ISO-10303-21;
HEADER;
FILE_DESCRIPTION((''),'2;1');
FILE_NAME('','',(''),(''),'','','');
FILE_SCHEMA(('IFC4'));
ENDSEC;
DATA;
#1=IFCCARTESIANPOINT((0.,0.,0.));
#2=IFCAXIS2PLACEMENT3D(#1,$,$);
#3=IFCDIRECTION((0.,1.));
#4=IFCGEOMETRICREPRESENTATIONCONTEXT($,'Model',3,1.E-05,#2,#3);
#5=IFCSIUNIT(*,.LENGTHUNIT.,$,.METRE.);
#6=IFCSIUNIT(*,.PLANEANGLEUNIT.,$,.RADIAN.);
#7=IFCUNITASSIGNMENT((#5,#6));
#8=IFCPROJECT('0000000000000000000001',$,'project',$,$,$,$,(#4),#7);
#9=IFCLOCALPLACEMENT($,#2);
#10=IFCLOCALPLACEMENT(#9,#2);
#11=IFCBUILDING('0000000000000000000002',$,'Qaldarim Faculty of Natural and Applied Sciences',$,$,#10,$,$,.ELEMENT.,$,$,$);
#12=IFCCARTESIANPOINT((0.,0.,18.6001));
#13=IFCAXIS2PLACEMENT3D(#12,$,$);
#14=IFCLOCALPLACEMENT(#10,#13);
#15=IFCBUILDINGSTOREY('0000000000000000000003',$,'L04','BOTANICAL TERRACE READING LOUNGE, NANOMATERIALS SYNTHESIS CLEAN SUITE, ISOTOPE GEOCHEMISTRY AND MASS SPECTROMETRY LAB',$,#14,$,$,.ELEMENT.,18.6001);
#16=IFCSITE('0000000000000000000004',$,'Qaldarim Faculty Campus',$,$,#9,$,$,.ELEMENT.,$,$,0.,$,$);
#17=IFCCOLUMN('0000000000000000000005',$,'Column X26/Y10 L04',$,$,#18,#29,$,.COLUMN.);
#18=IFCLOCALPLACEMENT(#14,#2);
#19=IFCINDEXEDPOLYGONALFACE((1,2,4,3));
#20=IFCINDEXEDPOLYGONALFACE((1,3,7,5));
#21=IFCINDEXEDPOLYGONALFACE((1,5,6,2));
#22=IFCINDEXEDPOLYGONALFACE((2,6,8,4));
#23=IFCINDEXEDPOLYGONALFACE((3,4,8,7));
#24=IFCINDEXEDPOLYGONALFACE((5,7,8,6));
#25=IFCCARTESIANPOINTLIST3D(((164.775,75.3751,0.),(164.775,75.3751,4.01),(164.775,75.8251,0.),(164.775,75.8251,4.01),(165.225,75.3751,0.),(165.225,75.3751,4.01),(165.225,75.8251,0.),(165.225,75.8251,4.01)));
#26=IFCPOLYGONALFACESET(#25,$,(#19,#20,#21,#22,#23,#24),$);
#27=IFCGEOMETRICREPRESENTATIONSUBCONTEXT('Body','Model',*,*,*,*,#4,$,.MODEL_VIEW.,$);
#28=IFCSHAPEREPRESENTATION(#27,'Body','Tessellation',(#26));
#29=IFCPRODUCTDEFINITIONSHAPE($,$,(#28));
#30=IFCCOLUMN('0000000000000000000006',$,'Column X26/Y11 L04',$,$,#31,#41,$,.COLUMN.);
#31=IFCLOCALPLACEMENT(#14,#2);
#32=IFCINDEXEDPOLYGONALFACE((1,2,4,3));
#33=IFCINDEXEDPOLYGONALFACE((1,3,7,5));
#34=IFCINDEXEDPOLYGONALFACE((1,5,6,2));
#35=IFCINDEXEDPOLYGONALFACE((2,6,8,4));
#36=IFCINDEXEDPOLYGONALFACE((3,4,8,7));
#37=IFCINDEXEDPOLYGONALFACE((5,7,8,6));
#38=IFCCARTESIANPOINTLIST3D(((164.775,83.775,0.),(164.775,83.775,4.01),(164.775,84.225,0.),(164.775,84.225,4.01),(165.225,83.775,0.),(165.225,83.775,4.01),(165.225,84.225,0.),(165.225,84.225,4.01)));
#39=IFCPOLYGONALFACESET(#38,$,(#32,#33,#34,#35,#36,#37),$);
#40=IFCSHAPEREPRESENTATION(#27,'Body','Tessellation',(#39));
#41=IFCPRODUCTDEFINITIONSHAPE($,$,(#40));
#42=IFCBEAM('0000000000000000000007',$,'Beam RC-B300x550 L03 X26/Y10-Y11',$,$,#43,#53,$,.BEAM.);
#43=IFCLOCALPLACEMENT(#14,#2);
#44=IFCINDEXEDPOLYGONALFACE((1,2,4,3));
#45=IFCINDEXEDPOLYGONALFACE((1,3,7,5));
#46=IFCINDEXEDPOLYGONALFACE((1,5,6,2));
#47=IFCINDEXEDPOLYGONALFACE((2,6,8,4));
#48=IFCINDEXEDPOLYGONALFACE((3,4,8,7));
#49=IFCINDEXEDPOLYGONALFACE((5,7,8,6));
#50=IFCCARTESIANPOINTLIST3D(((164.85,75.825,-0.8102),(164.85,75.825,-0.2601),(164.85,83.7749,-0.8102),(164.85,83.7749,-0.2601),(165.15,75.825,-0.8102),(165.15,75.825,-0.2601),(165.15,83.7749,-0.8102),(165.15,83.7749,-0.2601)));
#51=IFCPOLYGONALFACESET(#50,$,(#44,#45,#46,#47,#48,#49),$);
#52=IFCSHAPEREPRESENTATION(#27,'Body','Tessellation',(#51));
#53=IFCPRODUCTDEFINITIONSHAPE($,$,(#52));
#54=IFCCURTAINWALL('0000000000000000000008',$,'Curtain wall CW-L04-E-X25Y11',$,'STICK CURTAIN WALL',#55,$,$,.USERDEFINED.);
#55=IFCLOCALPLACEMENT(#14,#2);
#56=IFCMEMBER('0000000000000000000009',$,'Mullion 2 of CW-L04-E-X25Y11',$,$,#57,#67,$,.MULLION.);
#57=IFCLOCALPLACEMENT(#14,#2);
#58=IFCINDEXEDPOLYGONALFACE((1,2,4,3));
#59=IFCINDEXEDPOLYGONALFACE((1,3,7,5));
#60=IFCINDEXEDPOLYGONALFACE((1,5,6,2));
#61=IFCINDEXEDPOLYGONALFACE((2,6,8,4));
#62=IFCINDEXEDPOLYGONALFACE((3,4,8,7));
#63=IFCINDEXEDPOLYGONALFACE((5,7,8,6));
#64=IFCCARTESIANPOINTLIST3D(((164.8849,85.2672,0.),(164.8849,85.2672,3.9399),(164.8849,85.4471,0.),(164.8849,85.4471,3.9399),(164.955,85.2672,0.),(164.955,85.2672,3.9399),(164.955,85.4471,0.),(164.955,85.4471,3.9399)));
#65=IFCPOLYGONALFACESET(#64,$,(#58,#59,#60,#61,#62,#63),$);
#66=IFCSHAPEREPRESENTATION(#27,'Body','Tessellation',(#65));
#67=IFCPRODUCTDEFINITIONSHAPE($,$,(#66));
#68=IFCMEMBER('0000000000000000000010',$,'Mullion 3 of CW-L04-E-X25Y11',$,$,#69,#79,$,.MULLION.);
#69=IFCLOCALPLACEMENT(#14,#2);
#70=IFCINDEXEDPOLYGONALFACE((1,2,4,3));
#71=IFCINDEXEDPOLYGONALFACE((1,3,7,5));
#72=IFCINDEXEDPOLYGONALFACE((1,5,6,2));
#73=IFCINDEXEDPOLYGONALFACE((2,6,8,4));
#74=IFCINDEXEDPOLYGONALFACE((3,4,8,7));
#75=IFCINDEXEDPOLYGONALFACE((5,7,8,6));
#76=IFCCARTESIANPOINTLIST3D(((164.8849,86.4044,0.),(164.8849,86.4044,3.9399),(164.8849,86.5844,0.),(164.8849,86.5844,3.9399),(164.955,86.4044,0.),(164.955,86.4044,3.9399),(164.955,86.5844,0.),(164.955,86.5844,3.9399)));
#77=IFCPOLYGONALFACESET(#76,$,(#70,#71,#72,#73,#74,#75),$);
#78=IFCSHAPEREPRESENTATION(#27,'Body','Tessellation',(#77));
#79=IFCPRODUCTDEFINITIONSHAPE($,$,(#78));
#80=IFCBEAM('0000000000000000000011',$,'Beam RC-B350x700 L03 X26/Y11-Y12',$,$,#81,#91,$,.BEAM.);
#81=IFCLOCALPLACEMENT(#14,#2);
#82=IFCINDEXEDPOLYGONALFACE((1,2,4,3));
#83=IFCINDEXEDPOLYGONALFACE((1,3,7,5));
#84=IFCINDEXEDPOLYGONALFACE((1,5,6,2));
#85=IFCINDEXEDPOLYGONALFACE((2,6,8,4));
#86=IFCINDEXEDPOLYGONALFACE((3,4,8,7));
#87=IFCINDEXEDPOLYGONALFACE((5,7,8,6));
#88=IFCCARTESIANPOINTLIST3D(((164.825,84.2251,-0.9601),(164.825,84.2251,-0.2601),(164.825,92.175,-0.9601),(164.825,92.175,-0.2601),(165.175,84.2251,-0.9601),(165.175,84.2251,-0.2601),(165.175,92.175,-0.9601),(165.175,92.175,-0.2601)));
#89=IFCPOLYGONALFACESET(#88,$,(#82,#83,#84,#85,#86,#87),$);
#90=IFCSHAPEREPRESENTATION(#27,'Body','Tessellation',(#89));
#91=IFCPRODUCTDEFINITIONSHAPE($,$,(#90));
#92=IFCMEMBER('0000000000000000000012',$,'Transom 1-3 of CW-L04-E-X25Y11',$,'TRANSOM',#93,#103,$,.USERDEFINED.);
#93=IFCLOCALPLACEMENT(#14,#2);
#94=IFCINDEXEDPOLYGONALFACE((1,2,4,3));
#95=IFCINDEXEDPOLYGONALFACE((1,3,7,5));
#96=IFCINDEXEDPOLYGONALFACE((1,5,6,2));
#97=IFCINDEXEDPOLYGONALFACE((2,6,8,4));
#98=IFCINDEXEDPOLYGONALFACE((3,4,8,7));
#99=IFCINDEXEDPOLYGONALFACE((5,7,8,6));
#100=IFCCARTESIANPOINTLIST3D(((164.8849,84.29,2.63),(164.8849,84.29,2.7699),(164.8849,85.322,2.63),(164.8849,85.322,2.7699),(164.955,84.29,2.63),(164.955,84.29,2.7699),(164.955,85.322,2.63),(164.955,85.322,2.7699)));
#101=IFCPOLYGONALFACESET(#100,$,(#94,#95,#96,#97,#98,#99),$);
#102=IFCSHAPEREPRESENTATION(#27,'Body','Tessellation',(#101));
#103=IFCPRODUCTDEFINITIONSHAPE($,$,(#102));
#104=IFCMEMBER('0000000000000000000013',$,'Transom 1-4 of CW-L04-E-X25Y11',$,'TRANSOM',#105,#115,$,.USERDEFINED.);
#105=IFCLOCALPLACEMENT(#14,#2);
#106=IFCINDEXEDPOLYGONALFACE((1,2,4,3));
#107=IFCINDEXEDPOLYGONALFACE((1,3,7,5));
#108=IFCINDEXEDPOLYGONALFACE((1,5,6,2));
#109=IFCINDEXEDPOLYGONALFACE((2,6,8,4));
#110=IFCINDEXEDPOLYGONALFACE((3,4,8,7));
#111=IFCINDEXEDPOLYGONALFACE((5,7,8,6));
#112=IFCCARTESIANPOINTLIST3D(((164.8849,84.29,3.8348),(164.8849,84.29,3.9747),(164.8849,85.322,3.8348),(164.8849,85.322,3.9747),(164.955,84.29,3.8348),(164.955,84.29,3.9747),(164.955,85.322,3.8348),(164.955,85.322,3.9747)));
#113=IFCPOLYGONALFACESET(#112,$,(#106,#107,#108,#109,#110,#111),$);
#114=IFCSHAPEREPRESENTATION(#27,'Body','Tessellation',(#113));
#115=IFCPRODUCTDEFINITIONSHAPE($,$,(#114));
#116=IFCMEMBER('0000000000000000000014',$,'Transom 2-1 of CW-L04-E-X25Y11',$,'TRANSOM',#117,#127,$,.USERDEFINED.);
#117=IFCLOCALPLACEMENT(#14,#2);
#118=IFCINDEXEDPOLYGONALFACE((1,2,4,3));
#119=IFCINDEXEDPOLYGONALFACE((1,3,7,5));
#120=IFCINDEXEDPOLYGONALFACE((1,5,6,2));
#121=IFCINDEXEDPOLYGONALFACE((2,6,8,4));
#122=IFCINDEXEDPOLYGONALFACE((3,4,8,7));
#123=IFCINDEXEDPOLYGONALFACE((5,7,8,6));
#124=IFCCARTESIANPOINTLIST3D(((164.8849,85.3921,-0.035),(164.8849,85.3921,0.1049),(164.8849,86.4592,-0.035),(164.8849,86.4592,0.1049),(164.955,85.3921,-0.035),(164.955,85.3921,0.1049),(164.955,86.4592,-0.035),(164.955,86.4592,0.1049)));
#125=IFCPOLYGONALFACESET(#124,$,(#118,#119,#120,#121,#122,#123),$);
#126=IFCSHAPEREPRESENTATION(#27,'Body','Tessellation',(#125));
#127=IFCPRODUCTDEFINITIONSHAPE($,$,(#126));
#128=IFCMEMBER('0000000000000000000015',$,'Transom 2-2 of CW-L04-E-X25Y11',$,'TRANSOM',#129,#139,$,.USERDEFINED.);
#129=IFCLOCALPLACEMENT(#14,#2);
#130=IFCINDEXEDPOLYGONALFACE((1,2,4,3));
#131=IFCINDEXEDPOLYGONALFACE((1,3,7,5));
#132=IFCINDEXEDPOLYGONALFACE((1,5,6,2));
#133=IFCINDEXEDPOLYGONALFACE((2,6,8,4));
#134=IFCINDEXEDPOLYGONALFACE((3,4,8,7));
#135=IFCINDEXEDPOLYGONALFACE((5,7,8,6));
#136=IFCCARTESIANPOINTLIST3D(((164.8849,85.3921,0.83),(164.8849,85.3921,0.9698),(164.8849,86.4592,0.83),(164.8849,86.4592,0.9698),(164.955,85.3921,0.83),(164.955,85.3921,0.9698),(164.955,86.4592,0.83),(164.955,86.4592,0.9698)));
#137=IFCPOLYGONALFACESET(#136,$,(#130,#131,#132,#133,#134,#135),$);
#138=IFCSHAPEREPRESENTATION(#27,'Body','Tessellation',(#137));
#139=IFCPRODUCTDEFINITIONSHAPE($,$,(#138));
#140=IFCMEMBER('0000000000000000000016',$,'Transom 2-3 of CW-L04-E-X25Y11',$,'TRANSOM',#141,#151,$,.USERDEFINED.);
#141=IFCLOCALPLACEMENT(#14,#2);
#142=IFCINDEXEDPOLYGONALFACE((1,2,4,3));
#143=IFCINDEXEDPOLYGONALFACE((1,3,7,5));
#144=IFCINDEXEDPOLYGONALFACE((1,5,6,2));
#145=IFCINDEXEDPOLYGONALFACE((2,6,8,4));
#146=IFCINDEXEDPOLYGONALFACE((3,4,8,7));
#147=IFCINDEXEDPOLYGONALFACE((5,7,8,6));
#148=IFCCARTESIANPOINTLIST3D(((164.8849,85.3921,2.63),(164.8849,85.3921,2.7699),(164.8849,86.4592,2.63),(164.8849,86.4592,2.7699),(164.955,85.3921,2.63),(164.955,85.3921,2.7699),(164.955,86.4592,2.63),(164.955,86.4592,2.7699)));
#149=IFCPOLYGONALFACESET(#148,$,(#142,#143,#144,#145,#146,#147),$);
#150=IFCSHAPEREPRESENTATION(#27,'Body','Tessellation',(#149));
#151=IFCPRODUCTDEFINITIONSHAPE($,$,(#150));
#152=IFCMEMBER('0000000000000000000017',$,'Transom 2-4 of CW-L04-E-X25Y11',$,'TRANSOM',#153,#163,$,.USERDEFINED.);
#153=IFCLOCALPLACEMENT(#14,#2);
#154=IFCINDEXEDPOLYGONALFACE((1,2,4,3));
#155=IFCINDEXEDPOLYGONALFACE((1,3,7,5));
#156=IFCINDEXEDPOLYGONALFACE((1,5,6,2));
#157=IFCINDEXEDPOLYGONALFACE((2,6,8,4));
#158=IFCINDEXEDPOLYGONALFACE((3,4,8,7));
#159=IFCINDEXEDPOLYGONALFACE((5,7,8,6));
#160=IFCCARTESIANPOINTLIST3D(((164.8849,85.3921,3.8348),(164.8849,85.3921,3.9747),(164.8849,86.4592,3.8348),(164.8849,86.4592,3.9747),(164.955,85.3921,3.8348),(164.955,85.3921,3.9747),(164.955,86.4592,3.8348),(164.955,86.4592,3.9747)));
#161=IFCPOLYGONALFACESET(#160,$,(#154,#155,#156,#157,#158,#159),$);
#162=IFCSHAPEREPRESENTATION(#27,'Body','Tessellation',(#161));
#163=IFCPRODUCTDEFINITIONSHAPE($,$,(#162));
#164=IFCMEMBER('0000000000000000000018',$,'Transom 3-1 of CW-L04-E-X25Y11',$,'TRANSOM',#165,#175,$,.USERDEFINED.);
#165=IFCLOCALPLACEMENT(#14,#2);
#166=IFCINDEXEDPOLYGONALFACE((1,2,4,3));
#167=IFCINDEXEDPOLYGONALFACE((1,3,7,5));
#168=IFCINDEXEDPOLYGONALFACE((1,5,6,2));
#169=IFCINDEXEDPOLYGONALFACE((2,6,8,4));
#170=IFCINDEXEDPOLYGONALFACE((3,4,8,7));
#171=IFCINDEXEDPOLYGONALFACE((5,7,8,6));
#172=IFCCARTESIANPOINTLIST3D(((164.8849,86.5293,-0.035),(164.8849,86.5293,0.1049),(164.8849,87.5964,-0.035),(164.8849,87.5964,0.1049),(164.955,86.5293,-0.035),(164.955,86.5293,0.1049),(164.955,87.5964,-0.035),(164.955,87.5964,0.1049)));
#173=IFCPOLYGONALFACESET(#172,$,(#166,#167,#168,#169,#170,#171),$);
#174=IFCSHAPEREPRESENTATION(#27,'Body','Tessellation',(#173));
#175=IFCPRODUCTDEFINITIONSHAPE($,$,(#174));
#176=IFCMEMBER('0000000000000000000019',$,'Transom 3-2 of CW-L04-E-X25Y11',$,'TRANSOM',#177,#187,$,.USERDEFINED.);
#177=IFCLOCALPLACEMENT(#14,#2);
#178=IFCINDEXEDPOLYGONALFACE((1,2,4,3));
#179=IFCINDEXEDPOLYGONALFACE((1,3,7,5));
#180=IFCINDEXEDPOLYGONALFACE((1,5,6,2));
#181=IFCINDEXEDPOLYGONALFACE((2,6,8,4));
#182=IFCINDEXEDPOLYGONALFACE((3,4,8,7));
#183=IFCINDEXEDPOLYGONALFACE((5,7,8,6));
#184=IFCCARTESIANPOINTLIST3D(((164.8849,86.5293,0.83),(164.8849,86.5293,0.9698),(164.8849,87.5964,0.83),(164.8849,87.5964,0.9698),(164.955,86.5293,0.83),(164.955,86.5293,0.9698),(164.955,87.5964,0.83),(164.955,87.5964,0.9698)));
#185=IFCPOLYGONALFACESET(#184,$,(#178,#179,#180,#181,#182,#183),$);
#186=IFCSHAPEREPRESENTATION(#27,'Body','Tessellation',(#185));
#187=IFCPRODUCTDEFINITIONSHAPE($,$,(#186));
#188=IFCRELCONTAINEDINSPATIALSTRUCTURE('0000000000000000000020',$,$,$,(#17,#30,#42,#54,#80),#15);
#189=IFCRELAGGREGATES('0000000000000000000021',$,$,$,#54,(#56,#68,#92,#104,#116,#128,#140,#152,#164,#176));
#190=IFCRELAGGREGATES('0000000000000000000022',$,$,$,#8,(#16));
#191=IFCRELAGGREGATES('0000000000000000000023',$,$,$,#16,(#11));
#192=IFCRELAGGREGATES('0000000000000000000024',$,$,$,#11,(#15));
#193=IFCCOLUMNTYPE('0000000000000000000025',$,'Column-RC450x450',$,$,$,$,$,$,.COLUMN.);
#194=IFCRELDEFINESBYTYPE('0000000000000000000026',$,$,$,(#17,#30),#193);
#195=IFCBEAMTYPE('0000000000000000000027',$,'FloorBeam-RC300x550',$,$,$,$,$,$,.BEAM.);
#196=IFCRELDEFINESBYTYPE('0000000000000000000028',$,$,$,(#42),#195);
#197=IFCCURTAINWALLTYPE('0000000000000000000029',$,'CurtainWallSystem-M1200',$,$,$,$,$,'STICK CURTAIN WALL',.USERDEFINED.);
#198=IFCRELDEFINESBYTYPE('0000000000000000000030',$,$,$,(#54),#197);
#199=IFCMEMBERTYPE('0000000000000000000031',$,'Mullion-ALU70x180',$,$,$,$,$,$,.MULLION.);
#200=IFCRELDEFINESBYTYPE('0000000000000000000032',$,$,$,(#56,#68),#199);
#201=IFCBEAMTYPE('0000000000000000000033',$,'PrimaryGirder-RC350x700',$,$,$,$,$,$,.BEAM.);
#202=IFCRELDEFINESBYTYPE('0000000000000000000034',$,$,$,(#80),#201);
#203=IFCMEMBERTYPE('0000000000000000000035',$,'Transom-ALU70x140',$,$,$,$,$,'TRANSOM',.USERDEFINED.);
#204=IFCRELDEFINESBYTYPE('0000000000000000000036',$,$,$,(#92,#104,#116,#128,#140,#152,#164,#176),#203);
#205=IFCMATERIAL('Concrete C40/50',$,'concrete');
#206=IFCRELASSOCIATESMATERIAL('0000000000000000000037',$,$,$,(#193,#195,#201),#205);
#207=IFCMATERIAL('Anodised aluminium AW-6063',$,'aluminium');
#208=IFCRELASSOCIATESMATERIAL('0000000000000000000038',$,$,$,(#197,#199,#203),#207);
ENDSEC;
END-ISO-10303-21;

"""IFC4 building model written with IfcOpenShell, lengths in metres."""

from ifc_helpers import new_model, si_unit, direction, frame, origin, origin_2d, place, context, subcontext, project, spatial, rectangle, extrude, material, material_profile, profile_set, type_object, element, aggregate, save


model = new_model("IFC4")

# Units and contexts
model_context = context("Model", 3, precision=1e-05, world=origin(), true_north=direction((0.0, 1.0)))
body_context = subcontext(model_context, "Body", "Model", "MODEL_VIEW")
ifc_project = project(units=[si_unit("LENGTHUNIT", "METRE"), si_unit("PLANEANGLEUNIT", "RADIAN")], contexts=[model_context])

# Site, building, storey
site_placement = place(None, origin())
site = spatial("IfcSite", under=ifc_project, at=site_placement, Name="Qaldarim Faculty Campus", CompositionType="ELEMENT", RefElevation=0.0)
building_placement = place(site_placement, origin())
building = spatial("IfcBuilding", under=site, at=building_placement, Name="Qaldarim Faculty of Natural and Applied Sciences", CompositionType="ELEMENT")
storey_placement = place(building_placement, frame((0.0, 0.0, 18.6001)))
storey = spatial("IfcBuildingStorey", under=building, at=storey_placement, Name="L04", Description="BOTANICAL TERRACE READING LOUNGE, NANOMATERIALS SYNTHESIS CLEAN SUITE, ISOTOPE GEOCHEMISTRY AND MASS SPECTROMETRY LAB", CompositionType="ELEMENT", Elevation=18.6001)

# Columns
ifc_material_1 = material(Name="Concrete C40/50", Category="concrete")
ifc_material_profile_1 = material_profile(ifc_material_1, rectangle(XDim=0.45, YDim=0.45, at=origin_2d()), Name="RC-C450x450")
ifc_profile_set_1 = profile_set([ifc_material_profile_1], Name="Concrete C40/50")
column_type = type_object("IfcColumnType", Name="Column-RC450x450", PredefinedType="COLUMN", material=ifc_profile_set_1)
for number, where, z_axis, x_axis, name in (
    (1, (165.0, 75.6001, 0.0), (0.0, 0.0, 1.0), (1.0, 0.0, 0.0), "Column X26/Y10 L04"),
    (2, (165.0, 84.0, 0.0), (0.0, 0.0, 1.0), (1.0, 0.0, 0.0), "Column X26/Y11 L04"),
):
    element("IfcColumn", number, at=place(storey_placement, frame(where, z_axis=z_axis, x_axis=x_axis)), inside=storey, type_object=column_type, Name=name, PredefinedType="COLUMN", context=body_context, shape_type="SweptSolid", body=[
        extrude(rectangle(XDim=0.45, YDim=0.45, at=origin_2d()), origin(), (0.0, 0.0, 1.0), 4.01),
    ])

# Beam
ifc_material_profile_2 = material_profile(ifc_material_1, rectangle(XDim=0.3, YDim=0.55, at=origin_2d()), Name="RC-B300x550")
ifc_profile_set_2 = profile_set([ifc_material_profile_2], Name="Concrete C40/50")
beam_type_1 = type_object("IfcBeamType", Name="FloorBeam-RC300x550", PredefinedType="BEAM", material=ifc_profile_set_2)
beam_1_placement = place(storey_placement, frame((165.0, 75.825, -0.5352), z_axis=(0.0, 1.0, 0.0), x_axis=(-1.0, 0.0, 0.0)))
element("IfcBeam", 3, at=beam_1_placement, inside=storey, type_object=beam_type_1, Name="Beam RC-B300x550 L03 X26/Y10-Y11", PredefinedType="BEAM", context=body_context, shape_type="SweptSolid", body=[
    extrude(rectangle(XDim=0.3, YDim=0.55, at=origin_2d()), origin(), (0.0, 0.0, 1.0), 7.95),
])

# Curtain wall, members
ifc_material_2 = material(Name="Anodised aluminium AW-6063", Category="aluminium")
curtain_wall_type = type_object("IfcCurtainWallType", Name="CurtainWallSystem-M1200", ElementType="STICK CURTAIN WALL", PredefinedType="USERDEFINED", material=ifc_material_2)
curtain_wall_placement = place(storey_placement, origin())
curtain_wall = element("IfcCurtainWall", 4, at=curtain_wall_placement, inside=storey, type_object=curtain_wall_type, Name="Curtain wall CW-L04-E-X25Y11", ObjectType="STICK CURTAIN WALL", PredefinedType="USERDEFINED")
ifc_material_profile_3 = material_profile(ifc_material_2, rectangle(XDim=0.0701, YDim=0.1799, at=origin_2d()), Name="ALU-M70x180")
ifc_profile_set_3 = profile_set([ifc_material_profile_3], Name="Anodised aluminium AW-6063")
member_type_1 = type_object("IfcMemberType", Name="Mullion-ALU70x180", PredefinedType="MULLION", material=ifc_profile_set_3)
member_1_placement = place(storey_placement, frame((164.9199, 85.3572, 0.0), z_axis=(0.0, 0.0, 1.0), x_axis=(-1.0, 0.0, 0.0)))
member_1 = element("IfcMember", 5, at=member_1_placement, type_object=member_type_1, Name="Mullion 2 of CW-L04-E-X25Y11", PredefinedType="MULLION", context=body_context, shape_type="SweptSolid", body=[
    extrude(rectangle(XDim=0.0701, YDim=0.1799, at=origin_2d()), origin(), (0.0, 0.0, 1.0), 3.9399),
])
member_2_placement = place(storey_placement, frame((164.9199, 86.4944, 0.0), z_axis=(0.0, 0.0, 1.0), x_axis=(-1.0, 0.0, 0.0)))
member_2 = element("IfcMember", 6, at=member_2_placement, type_object=member_type_1, Name="Mullion 3 of CW-L04-E-X25Y11", PredefinedType="MULLION", context=body_context, shape_type="SweptSolid", body=[
    extrude(rectangle(XDim=0.0701, YDim=0.1799, at=origin_2d()), origin(), (0.0, 0.0, 1.0), 3.9399),
])

# Beam
ifc_material_profile_4 = material_profile(ifc_material_1, rectangle(XDim=0.3501, YDim=0.7, at=origin_2d()), Name="RC-B350x700")
ifc_profile_set_4 = profile_set([ifc_material_profile_4], Name="Concrete C40/50")
beam_type_2 = type_object("IfcBeamType", Name="PrimaryGirder-RC350x700", PredefinedType="BEAM", material=ifc_profile_set_4)
beam_2_placement = place(storey_placement, frame((165.0, 84.2251, -0.6101), z_axis=(0.0, 1.0, 0.0), x_axis=(-1.0, 0.0, 0.0)))
element("IfcBeam", 7, at=beam_2_placement, inside=storey, type_object=beam_type_2, Name="Beam RC-B350x700 L03 X26/Y11-Y12", PredefinedType="BEAM", context=body_context, shape_type="SweptSolid", body=[
    extrude(rectangle(XDim=0.3501, YDim=0.7, at=origin_2d()), origin(), (0.0, 0.0, 1.0), 7.95),
])

# Members
ifc_material_profile_5 = material_profile(ifc_material_2, rectangle(XDim=0.0701, YDim=0.1399, at=origin_2d()), Name="ALU-T70x140")
ifc_profile_set_5 = profile_set([ifc_material_profile_5], Name="Anodised aluminium AW-6063")
member_type_2 = type_object("IfcMemberType", Name="Transom-ALU70x140", ElementType="TRANSOM", PredefinedType="USERDEFINED", material=ifc_profile_set_5)
member_3_placement = place(storey_placement, frame((164.9199, 84.29, 2.7), z_axis=(0.0, 1.0, 0.0), x_axis=(-1.0, 0.0, 0.0)))
member_3 = element("IfcMember", 8, at=member_3_placement, type_object=member_type_2, Name="Transom 1-3 of CW-L04-E-X25Y11", ObjectType="TRANSOM", PredefinedType="USERDEFINED", context=body_context, shape_type="SweptSolid", body=[
    extrude(rectangle(XDim=0.0701, YDim=0.1399, at=origin_2d()), origin(), (0.0, 0.0, 1.0), 1.032),
])
member_4_placement = place(storey_placement, frame((164.9199, 84.29, 3.9048), z_axis=(0.0, 1.0, 0.0), x_axis=(-1.0, 0.0, 0.0)))
member_4 = element("IfcMember", 9, at=member_4_placement, type_object=member_type_2, Name="Transom 1-4 of CW-L04-E-X25Y11", ObjectType="TRANSOM", PredefinedType="USERDEFINED", context=body_context, shape_type="SweptSolid", body=[
    extrude(rectangle(XDim=0.0701, YDim=0.1399, at=origin_2d()), origin(), (0.0, 0.0, 1.0), 1.032),
])
member_5_placement = place(storey_placement, frame((164.9199, 85.3921, 0.0349), z_axis=(0.0, 1.0, 0.0), x_axis=(-1.0, 0.0, 0.0)))
member_5 = element("IfcMember", 10, at=member_5_placement, type_object=member_type_2, Name="Transom 2-1 of CW-L04-E-X25Y11", ObjectType="TRANSOM", PredefinedType="USERDEFINED", context=body_context, shape_type="SweptSolid", body=[
    extrude(rectangle(XDim=0.0701, YDim=0.1399, at=origin_2d()), origin(), (0.0, 0.0, 1.0), 1.0671),
])
member_6_placement = place(storey_placement, frame((164.9199, 85.3921, 0.8999), z_axis=(0.0, 1.0, 0.0), x_axis=(-1.0, 0.0, 0.0)))
member_6 = element("IfcMember", 11, at=member_6_placement, type_object=member_type_2, Name="Transom 2-2 of CW-L04-E-X25Y11", ObjectType="TRANSOM", PredefinedType="USERDEFINED", context=body_context, shape_type="SweptSolid", body=[
    extrude(rectangle(XDim=0.0701, YDim=0.1399, at=origin_2d()), origin(), (0.0, 0.0, 1.0), 1.0671),
])
member_7_placement = place(storey_placement, frame((164.9199, 85.3921, 2.7), z_axis=(0.0, 1.0, 0.0), x_axis=(-1.0, 0.0, 0.0)))
member_7 = element("IfcMember", 12, at=member_7_placement, type_object=member_type_2, Name="Transom 2-3 of CW-L04-E-X25Y11", ObjectType="TRANSOM", PredefinedType="USERDEFINED", context=body_context, shape_type="SweptSolid", body=[
    extrude(rectangle(XDim=0.0701, YDim=0.1399, at=origin_2d()), origin(), (0.0, 0.0, 1.0), 1.0671),
])
member_8_placement = place(storey_placement, frame((164.9199, 85.3921, 3.9048), z_axis=(0.0, 1.0, 0.0), x_axis=(-1.0, 0.0, 0.0)))
member_8 = element("IfcMember", 13, at=member_8_placement, type_object=member_type_2, Name="Transom 2-4 of CW-L04-E-X25Y11", ObjectType="TRANSOM", PredefinedType="USERDEFINED", context=body_context, shape_type="SweptSolid", body=[
    extrude(rectangle(XDim=0.0701, YDim=0.1399, at=origin_2d()), origin(), (0.0, 0.0, 1.0), 1.0671),
])
member_9_placement = place(storey_placement, frame((164.9199, 86.5293, 0.0349), z_axis=(0.0, 1.0, 0.0), x_axis=(-1.0, 0.0, 0.0)))
member_9 = element("IfcMember", 14, at=member_9_placement, type_object=member_type_2, Name="Transom 3-1 of CW-L04-E-X25Y11", ObjectType="TRANSOM", PredefinedType="USERDEFINED", context=body_context, shape_type="SweptSolid", body=[
    extrude(rectangle(XDim=0.0701, YDim=0.1399, at=origin_2d()), origin(), (0.0, 0.0, 1.0), 1.0671),
])
member_10_placement = place(storey_placement, frame((164.9199, 86.5293, 0.8999), z_axis=(0.0, 1.0, 0.0), x_axis=(-1.0, 0.0, 0.0)))
member_10 = element("IfcMember", 15, at=member_10_placement, type_object=member_type_2, Name="Transom 3-2 of CW-L04-E-X25Y11", ObjectType="TRANSOM", PredefinedType="USERDEFINED", context=body_context, shape_type="SweptSolid", body=[
    extrude(rectangle(XDim=0.0701, YDim=0.1399, at=origin_2d()), origin(), (0.0, 0.0, 1.0), 1.0671),
])

aggregate(curtain_wall, [member_1, member_2, member_3, member_4, member_5, member_6, member_7, member_8, member_9, member_10])

save(model, "model.ifc")
